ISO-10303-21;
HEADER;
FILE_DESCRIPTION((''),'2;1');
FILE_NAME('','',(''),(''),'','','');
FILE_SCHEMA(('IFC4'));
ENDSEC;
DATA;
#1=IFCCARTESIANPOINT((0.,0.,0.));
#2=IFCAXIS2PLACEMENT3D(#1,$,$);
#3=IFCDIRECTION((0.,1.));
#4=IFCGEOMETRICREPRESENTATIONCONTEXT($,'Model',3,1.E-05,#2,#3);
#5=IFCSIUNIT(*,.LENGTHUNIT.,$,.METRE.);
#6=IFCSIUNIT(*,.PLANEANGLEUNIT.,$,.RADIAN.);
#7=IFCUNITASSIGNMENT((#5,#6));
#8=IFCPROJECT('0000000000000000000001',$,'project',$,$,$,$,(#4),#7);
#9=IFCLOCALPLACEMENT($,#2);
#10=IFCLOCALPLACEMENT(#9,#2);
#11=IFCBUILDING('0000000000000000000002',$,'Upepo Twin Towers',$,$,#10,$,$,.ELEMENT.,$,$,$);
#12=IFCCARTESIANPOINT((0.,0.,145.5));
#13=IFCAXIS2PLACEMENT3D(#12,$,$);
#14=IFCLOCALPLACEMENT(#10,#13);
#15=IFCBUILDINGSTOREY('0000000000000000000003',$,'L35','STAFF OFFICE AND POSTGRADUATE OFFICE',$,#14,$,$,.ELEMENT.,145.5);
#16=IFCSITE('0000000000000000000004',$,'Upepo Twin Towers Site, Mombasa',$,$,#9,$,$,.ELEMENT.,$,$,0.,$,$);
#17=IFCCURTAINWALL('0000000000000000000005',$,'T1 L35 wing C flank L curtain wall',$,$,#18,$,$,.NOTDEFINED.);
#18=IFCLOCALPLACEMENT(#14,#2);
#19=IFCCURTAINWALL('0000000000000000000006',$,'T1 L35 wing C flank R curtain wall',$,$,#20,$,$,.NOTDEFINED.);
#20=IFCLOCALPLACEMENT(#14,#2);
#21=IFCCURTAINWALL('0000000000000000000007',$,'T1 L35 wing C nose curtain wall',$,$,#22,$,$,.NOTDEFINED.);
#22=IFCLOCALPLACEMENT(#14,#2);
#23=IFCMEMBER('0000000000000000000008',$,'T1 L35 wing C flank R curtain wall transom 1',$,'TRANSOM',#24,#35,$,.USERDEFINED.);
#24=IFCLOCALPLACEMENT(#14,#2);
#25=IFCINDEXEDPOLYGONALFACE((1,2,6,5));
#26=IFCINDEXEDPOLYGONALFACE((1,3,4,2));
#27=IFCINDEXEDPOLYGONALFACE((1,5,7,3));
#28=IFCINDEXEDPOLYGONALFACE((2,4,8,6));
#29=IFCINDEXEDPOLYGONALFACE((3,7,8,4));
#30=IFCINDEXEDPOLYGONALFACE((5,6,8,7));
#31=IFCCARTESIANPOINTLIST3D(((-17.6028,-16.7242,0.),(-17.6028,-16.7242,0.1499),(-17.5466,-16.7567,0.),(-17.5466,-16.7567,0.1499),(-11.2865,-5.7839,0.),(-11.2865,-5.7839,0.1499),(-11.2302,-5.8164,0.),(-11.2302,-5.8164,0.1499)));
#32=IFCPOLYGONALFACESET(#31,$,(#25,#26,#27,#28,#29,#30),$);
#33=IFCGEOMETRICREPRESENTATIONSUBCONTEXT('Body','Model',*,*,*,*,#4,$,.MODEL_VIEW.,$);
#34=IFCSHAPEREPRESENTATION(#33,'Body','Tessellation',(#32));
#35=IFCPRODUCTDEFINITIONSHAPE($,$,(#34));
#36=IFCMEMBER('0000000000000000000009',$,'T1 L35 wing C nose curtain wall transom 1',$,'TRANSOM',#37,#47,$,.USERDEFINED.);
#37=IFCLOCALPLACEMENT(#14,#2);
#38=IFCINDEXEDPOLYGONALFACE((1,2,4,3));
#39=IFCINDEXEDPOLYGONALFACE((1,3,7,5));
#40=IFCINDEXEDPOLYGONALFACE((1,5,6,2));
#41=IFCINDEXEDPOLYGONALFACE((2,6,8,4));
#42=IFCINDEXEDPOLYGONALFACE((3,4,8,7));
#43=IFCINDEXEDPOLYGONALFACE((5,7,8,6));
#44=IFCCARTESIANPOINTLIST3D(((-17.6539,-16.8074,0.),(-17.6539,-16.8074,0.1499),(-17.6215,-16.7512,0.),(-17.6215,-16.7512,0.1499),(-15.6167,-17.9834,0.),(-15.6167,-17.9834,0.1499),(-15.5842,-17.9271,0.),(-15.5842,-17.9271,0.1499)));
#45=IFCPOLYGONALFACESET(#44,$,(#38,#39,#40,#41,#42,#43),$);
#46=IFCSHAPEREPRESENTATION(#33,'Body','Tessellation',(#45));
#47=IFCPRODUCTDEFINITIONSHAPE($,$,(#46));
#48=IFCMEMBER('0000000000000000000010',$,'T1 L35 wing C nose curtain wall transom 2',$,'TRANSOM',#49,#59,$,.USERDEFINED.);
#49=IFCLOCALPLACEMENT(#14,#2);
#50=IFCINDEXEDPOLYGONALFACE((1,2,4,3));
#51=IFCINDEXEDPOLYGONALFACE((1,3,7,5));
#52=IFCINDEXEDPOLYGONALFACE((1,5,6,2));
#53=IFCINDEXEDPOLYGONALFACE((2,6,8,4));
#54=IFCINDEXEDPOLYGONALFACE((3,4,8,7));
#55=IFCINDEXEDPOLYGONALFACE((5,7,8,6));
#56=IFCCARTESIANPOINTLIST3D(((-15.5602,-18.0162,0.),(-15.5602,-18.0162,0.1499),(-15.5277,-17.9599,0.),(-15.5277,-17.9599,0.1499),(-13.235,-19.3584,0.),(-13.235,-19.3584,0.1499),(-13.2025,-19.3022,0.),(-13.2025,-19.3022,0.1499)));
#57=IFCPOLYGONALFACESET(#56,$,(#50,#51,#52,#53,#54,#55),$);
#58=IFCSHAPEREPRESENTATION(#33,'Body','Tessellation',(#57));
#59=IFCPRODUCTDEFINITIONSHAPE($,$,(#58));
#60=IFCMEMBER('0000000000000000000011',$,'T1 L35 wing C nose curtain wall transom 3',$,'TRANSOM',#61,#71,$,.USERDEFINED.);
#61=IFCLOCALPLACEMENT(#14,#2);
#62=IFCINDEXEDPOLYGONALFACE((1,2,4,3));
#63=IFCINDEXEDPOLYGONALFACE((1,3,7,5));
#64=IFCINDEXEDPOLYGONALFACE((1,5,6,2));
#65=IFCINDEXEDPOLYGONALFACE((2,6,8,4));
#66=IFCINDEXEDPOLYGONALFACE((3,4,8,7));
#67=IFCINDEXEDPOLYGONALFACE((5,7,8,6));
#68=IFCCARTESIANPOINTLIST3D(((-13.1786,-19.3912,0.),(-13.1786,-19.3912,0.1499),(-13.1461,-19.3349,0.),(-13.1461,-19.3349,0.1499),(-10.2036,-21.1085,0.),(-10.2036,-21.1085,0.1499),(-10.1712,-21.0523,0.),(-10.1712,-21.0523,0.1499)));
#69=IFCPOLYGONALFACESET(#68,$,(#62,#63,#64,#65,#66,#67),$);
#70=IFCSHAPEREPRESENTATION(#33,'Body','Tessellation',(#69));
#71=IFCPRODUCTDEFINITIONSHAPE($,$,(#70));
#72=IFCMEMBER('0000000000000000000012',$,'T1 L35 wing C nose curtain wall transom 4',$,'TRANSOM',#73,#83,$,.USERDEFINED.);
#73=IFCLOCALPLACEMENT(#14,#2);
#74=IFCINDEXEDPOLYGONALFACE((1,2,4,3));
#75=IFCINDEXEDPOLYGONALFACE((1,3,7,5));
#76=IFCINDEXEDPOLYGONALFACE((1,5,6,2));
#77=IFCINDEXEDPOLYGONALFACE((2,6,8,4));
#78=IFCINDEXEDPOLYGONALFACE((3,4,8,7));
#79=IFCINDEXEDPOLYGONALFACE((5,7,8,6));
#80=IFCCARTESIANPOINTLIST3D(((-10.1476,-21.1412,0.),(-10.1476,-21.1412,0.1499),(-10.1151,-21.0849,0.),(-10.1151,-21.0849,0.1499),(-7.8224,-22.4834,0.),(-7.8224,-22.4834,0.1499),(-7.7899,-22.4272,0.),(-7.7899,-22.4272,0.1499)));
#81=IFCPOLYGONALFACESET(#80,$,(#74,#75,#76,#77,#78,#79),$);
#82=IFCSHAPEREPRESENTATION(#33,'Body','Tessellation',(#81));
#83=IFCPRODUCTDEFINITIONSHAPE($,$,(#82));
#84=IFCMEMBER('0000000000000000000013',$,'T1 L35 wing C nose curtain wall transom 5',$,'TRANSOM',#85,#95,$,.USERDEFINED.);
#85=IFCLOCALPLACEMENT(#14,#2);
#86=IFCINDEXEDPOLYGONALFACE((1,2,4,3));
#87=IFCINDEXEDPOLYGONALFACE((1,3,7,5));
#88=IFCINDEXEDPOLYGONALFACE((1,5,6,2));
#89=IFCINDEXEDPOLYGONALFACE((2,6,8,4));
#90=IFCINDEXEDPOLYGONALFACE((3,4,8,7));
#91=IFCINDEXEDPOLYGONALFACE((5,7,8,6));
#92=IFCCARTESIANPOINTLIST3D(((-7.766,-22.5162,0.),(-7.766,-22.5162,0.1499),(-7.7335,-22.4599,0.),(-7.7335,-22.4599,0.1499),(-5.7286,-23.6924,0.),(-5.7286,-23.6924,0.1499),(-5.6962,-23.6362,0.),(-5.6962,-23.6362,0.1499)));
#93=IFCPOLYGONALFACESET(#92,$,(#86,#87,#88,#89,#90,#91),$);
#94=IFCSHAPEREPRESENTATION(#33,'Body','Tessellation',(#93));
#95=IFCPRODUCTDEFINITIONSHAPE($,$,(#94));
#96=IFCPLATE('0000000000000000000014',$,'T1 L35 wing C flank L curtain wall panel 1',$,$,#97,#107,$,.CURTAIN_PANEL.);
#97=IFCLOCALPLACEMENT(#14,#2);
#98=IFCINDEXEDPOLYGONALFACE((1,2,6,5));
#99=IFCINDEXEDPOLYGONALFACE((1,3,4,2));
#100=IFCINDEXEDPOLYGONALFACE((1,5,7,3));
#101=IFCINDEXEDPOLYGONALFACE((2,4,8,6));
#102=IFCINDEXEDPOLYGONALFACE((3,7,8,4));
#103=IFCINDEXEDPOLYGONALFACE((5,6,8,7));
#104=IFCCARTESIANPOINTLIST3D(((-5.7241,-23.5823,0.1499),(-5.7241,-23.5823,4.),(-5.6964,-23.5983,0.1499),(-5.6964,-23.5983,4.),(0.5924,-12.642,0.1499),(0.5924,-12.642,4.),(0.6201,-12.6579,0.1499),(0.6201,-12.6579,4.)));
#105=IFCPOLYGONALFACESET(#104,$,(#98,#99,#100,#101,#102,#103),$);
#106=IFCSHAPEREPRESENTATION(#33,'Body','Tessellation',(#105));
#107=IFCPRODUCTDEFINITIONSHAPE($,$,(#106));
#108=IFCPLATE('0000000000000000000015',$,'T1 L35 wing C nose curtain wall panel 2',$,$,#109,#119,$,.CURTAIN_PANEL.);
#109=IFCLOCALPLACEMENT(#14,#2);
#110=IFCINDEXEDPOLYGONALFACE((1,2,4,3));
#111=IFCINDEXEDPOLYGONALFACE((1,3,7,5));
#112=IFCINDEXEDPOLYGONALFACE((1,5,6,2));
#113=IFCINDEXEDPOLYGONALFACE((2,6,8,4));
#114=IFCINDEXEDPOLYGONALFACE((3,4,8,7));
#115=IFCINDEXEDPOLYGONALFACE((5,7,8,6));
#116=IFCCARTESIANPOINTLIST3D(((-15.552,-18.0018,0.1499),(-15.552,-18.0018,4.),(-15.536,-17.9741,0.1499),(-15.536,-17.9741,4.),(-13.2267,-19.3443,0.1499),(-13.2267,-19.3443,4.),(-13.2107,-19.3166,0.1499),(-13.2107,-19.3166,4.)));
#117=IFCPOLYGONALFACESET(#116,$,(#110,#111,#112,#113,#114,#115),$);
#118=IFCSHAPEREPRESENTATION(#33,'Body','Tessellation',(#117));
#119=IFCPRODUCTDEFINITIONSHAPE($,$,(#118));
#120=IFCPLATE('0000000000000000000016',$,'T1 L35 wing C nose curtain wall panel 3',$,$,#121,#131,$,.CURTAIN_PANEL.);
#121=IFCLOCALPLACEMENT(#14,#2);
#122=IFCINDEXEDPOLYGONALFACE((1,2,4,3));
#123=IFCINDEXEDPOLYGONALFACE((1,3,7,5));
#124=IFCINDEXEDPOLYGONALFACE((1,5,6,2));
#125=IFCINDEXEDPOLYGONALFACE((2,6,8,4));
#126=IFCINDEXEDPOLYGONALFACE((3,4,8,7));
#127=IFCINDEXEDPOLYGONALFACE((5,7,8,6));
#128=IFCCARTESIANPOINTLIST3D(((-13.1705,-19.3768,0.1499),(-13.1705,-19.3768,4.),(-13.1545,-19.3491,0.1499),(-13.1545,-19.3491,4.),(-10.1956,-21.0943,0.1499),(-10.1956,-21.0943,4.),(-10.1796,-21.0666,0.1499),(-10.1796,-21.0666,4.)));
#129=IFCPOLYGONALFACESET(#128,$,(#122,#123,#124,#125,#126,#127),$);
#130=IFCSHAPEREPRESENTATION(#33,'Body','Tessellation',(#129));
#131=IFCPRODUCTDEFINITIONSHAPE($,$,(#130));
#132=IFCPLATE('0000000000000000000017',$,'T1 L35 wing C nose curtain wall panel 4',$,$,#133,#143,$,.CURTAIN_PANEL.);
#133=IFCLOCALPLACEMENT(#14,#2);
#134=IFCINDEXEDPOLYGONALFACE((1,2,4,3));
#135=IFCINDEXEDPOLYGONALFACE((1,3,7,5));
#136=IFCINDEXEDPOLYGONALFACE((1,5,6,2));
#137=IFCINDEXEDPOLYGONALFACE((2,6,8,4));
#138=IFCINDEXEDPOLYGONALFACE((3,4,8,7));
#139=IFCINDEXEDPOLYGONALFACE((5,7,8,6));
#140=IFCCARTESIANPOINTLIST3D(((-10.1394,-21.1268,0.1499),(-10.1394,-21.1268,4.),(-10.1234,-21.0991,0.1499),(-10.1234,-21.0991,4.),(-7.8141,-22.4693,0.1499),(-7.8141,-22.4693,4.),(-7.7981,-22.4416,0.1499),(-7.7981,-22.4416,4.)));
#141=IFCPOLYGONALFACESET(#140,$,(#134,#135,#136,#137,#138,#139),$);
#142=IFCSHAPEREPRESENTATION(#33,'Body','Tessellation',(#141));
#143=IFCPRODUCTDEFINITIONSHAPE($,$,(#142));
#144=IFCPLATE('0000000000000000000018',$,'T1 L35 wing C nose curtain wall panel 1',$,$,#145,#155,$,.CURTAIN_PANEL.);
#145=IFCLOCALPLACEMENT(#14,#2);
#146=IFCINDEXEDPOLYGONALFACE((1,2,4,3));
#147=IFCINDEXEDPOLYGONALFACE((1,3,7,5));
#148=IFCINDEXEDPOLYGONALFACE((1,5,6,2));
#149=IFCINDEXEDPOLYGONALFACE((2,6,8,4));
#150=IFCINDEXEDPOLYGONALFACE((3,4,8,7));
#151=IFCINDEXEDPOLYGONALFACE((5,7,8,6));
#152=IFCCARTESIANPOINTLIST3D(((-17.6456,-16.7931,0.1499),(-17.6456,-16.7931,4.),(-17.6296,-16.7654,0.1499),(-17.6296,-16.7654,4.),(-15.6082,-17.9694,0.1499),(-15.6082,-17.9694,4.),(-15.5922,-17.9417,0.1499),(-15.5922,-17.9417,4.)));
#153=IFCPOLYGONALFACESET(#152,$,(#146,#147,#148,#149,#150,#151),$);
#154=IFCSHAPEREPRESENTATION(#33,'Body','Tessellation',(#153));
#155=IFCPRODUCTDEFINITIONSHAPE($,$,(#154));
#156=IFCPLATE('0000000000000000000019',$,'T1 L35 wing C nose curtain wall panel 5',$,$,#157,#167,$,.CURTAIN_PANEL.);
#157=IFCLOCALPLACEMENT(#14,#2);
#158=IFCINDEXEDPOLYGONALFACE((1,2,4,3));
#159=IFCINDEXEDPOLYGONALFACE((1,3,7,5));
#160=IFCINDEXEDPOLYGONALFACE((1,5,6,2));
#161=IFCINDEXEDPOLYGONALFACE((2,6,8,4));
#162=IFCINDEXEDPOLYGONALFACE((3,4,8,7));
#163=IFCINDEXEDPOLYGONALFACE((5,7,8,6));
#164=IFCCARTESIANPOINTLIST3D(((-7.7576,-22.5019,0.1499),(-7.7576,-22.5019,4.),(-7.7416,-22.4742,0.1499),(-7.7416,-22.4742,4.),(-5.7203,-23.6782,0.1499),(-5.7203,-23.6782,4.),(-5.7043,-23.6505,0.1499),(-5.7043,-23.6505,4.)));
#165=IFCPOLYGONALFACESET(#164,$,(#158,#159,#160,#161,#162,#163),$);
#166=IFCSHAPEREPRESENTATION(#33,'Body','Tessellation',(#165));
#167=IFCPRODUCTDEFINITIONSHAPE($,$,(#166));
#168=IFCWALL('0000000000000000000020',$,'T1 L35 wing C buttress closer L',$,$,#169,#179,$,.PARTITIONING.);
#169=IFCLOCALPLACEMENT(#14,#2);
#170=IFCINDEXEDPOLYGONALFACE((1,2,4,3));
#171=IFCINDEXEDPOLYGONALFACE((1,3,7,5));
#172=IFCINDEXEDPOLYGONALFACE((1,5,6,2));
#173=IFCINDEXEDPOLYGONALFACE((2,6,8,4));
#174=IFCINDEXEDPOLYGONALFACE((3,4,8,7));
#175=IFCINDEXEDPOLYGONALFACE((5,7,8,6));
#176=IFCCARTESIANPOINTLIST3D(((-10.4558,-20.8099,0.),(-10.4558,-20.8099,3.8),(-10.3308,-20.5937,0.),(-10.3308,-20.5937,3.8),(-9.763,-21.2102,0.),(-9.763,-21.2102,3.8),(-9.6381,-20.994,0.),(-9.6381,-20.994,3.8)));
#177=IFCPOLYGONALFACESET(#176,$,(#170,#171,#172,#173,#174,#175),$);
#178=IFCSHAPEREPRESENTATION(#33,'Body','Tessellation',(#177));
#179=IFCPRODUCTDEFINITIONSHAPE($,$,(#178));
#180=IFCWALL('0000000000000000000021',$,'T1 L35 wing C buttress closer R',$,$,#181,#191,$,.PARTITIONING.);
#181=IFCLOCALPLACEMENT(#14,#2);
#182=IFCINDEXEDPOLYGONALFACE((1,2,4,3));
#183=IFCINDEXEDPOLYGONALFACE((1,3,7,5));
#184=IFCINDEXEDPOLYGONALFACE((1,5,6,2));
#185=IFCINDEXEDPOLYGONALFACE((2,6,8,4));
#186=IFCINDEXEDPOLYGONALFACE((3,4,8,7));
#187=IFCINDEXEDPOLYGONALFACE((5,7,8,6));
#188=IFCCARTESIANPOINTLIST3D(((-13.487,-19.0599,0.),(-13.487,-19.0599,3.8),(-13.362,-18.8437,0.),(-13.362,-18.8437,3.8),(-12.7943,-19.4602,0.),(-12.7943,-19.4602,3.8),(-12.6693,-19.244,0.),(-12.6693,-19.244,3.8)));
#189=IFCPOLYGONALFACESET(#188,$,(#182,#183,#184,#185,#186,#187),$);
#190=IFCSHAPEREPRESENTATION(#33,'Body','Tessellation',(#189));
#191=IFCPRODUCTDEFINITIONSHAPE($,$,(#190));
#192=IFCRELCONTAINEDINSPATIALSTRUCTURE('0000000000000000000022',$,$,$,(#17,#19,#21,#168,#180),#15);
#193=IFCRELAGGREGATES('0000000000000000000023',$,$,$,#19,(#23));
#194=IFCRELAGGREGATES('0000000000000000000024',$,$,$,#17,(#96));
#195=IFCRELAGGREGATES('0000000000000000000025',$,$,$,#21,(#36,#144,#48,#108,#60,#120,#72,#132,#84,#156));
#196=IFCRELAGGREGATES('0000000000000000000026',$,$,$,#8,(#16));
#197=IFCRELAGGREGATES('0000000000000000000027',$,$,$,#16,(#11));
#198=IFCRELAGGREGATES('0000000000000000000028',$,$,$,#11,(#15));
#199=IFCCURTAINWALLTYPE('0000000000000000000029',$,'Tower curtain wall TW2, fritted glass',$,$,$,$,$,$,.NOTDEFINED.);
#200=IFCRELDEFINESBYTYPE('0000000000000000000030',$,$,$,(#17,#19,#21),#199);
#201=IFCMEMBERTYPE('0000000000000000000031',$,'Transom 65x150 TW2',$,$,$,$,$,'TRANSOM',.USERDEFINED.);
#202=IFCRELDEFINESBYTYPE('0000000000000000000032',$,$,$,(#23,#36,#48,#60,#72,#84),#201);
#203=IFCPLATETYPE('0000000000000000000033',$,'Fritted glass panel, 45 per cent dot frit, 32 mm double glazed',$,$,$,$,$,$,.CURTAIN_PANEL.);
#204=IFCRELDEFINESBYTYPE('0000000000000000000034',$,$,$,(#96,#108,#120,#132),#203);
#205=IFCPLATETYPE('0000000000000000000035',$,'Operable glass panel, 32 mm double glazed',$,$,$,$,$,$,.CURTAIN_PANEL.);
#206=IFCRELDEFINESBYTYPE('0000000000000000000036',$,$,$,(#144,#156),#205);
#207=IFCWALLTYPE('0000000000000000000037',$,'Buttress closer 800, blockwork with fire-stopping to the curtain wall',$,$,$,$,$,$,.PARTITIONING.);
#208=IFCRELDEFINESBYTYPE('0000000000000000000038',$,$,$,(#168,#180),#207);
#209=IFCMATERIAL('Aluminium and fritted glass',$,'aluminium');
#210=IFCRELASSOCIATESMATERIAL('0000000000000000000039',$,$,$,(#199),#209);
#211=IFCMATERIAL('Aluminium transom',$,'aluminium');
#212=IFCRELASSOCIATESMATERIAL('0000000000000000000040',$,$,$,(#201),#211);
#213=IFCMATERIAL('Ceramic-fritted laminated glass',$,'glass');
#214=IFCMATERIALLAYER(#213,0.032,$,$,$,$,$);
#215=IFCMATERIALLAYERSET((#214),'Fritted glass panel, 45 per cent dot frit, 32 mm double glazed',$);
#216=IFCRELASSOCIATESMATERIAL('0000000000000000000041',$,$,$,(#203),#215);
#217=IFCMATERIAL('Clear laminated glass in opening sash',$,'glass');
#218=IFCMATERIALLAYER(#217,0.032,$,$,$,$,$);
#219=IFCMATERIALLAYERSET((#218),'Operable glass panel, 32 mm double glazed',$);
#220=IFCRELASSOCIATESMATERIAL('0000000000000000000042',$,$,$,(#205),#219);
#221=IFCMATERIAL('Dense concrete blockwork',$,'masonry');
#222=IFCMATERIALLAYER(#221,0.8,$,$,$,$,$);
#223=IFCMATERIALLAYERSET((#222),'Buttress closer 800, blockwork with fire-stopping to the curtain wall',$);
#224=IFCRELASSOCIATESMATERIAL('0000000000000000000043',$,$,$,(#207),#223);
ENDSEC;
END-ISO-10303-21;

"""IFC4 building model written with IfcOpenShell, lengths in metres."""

from ifc_helpers import new_model, si_unit, direction, frame, frame_2d, origin, origin_2d, place, context, subcontext, project, spatial, rectangle, extrude, material, layer, layer_set, material_profile, profile_set, type_object, element, aggregate, save


model = new_model("IFC4")

# Units and contexts
model_context = context("Model", 3, precision=1e-05, world=origin(), true_north=direction((0.0, 1.0)))
body_context = subcontext(model_context, "Body", "Model", "MODEL_VIEW")
ifc_project = project(units=[si_unit("LENGTHUNIT", "METRE"), si_unit("PLANEANGLEUNIT", "RADIAN")], contexts=[model_context])

# Site, building, storey
site_placement = place(None, origin())
site = spatial("IfcSite", under=ifc_project, at=site_placement, Name="Upepo Twin Towers Site, Mombasa", CompositionType="ELEMENT", RefElevation=0.0)
building_placement = place(site_placement, origin())
building = spatial("IfcBuilding", under=site, at=building_placement, Name="Upepo Twin Towers", CompositionType="ELEMENT")
storey_placement = place(building_placement, frame((0.0, 0.0, 145.5)))
storey = spatial("IfcBuildingStorey", under=building, at=storey_placement, Name="L35", Description="STAFF OFFICE AND POSTGRADUATE OFFICE", CompositionType="ELEMENT", Elevation=145.5)

# Curtain walls
ifc_material_1 = material(Name="Aluminium and fritted glass", Category="aluminium")
curtain_wall_type = type_object("IfcCurtainWallType", Name="Tower curtain wall TW2, fritted glass", PredefinedType="NOTDEFINED", material=ifc_material_1)
curtain_wall_1_placement = place(storey_placement, origin())
curtain_wall_1 = element("IfcCurtainWall", 1, at=curtain_wall_1_placement, inside=storey, type_object=curtain_wall_type, Name="T1 L35 wing C flank L curtain wall", PredefinedType="NOTDEFINED")
curtain_wall_2_placement = place(storey_placement, origin())
curtain_wall_2 = element("IfcCurtainWall", 2, at=curtain_wall_2_placement, inside=storey, type_object=curtain_wall_type, Name="T1 L35 wing C flank R curtain wall", PredefinedType="NOTDEFINED")

# Curtain wall
curtain_wall_3_placement = place(storey_placement, origin())
curtain_wall_3 = element("IfcCurtainWall", 3, at=curtain_wall_3_placement, inside=storey, type_object=curtain_wall_type, Name="T1 L35 wing C nose curtain wall", PredefinedType="NOTDEFINED")

# Members
ifc_material_2 = material(Name="Aluminium transom", Category="aluminium")
ifc_material_profile_1 = material_profile(ifc_material_2, rectangle(XDim=0.0649, YDim=0.1499, at=origin_2d()), Name="TRANSOM 65x150")
ifc_profile_set_1 = profile_set([ifc_material_profile_1], Name="Aluminium transom")
member_type_1 = type_object("IfcMemberType", Name="Transom 65x150 TW2", ElementType="TRANSOM", PredefinedType="USERDEFINED", material=ifc_profile_set_1)
member_1_placement = place(storey_placement, frame((-17.5747, -16.7405, 0.075), z_axis=(0.499997, 0.866027, 0.0), x_axis=(-0.866027, 0.499997, 0.0)))
member_1 = element("IfcMember", 4, at=member_1_placement, type_object=member_type_1, Name="T1 L35 wing C flank R curtain wall transom 1", ObjectType="TRANSOM", PredefinedType="USERDEFINED", context=body_context, shape_type="SweptSolid", body=[
    extrude(rectangle(XDim=0.0649, YDim=0.1499, at=origin_2d()), origin(), (0.0, 0.0, 1.0), 12.6328),
])
aggregate(curtain_wall_2, [member_1])
member_2_placement = place(storey_placement, frame((-17.6377, -16.7793, 0.075), z_axis=(0.86607, -0.499923, 0.0), x_axis=(0.499923, 0.86607, 0.0)))
member_2 = element("IfcMember", 5, at=member_2_placement, type_object=member_type_1, Name="T1 L35 wing C nose curtain wall transom 1", ObjectType="TRANSOM", PredefinedType="USERDEFINED", context=body_context, shape_type="SweptSolid", body=[
    extrude(rectangle(XDim=0.0649, YDim=0.1499, at=origin_2d()), origin(), (0.0, 0.0, 1.0), 2.3523),
])
member_3_placement = place(storey_placement, frame((-15.5439, -17.988, 0.075), z_axis=(0.866052, -0.499953, 0.0), x_axis=(0.499953, 0.866052, 0.0)))
member_3 = element("IfcMember", 6, at=member_3_placement, type_object=member_type_1, Name="T1 L35 wing C nose curtain wall transom 2", ObjectType="TRANSOM", PredefinedType="USERDEFINED", context=body_context, shape_type="SweptSolid", body=[
    extrude(rectangle(XDim=0.0649, YDim=0.1499, at=origin_2d()), origin(), (0.0, 0.0, 1.0), 2.6848),
])
member_4_placement = place(storey_placement, frame((-13.1624, -19.363, 0.075), z_axis=(0.866057, -0.499946, 0.0), x_axis=(0.499946, 0.866057, 0.0)))
member_4 = element("IfcMember", 7, at=member_4_placement, type_object=member_type_1, Name="T1 L35 wing C nose curtain wall transom 3", ObjectType="TRANSOM", PredefinedType="USERDEFINED", context=body_context, shape_type="SweptSolid", body=[
    extrude(rectangle(XDim=0.0649, YDim=0.1499, at=origin_2d()), origin(), (0.0, 0.0, 1.0), 3.4351),
])
member_5_placement = place(storey_placement, frame((-10.1313, -21.113, 0.075), z_axis=(0.866052, -0.499953, 0.0), x_axis=(0.499953, 0.866052, 0.0)))
member_5 = element("IfcMember", 8, at=member_5_placement, type_object=member_type_1, Name="T1 L35 wing C nose curtain wall transom 4", ObjectType="TRANSOM", PredefinedType="USERDEFINED", context=body_context, shape_type="SweptSolid", body=[
    extrude(rectangle(XDim=0.0649, YDim=0.1499, at=origin_2d()), origin(), (0.0, 0.0, 1.0), 2.6848),
])
member_6_placement = place(storey_placement, frame((-7.7498, -22.488, 0.075), z_axis=(0.866025, -0.500001, 0.0), x_axis=(0.500001, 0.866025, 0.0)))
member_6 = element("IfcMember", 9, at=member_6_placement, type_object=member_type_1, Name="T1 L35 wing C nose curtain wall transom 5", ObjectType="TRANSOM", PredefinedType="USERDEFINED", context=body_context, shape_type="SweptSolid", body=[
    extrude(rectangle(XDim=0.0649, YDim=0.1499, at=origin_2d()), origin(), (0.0, 0.0, 1.0), 2.3525),
])

# Plates
ifc_material_3 = material(Name="Ceramic-fritted laminated glass", Category="glass")
ifc_layer_1 = layer(ifc_material_3, 0.032)
ifc_layer_set_1 = layer_set([ifc_layer_1], Name="Fritted glass panel, 45 per cent dot frit, 32 mm double glazed")
plate_type_1 = type_object("IfcPlateType", Name="Fritted glass panel, 45 per cent dot frit, 32 mm double glazed", PredefinedType="CURTAIN_PANEL", material=ifc_layer_set_1)
plate_1_placement = place(storey_placement, frame((-2.552, -18.1201, 0.1499), z_axis=(0.0, 0.0, 1.0), x_axis=(-0.5, -0.866025, 0.0)))
plate_1 = element("IfcPlate", 10, at=plate_1_placement, type_object=plate_type_1, Name="T1 L35 wing C flank L curtain wall panel 1", PredefinedType="CURTAIN_PANEL", context=body_context, shape_type="SweptSolid", body=[
    extrude(rectangle(XDim=12.6328, YDim=0.032, at=origin_2d()), origin(), (0.0, 0.0, 1.0), 3.8501),
])
aggregate(curtain_wall_1, [plate_1])
plate_2_placement = place(storey_placement, frame((-14.3813, -18.6592, 0.1499), z_axis=(0.0, 0.0, 1.0), x_axis=(0.866025, -0.5, 0.0)))
plate_2 = element("IfcPlate", 11, at=plate_2_placement, type_object=plate_type_1, Name="T1 L35 wing C nose curtain wall panel 2", PredefinedType="CURTAIN_PANEL", context=body_context, shape_type="SweptSolid", body=[
    extrude(rectangle(XDim=2.6851, YDim=0.032, at=origin_2d()), origin(), (0.0, 0.0, 1.0), 3.8501),
])
plate_3_placement = place(storey_placement, frame((-11.675, -20.2217, 0.1499), z_axis=(0.0, 0.0, 1.0), x_axis=(0.866025, -0.5, 0.0)))
plate_3 = element("IfcPlate", 12, at=plate_3_placement, type_object=plate_type_1, Name="T1 L35 wing C nose curtain wall panel 3", PredefinedType="CURTAIN_PANEL", context=body_context, shape_type="SweptSolid", body=[
    extrude(rectangle(XDim=3.4351, YDim=0.032, at=origin_2d()), origin(), (0.0, 0.0, 1.0), 3.8501),
])
plate_4_placement = place(storey_placement, frame((-8.9688, -21.7842, 0.1499), z_axis=(0.0, 0.0, 1.0), x_axis=(0.866025, -0.5, 0.0)))
plate_4 = element("IfcPlate", 13, at=plate_4_placement, type_object=plate_type_1, Name="T1 L35 wing C nose curtain wall panel 4", PredefinedType="CURTAIN_PANEL", context=body_context, shape_type="SweptSolid", body=[
    extrude(rectangle(XDim=2.6851, YDim=0.032, at=origin_2d()), origin(), (0.0, 0.0, 1.0), 3.8501),
])
ifc_material_4 = material(Name="Clear laminated glass in opening sash", Category="glass")
ifc_layer_2 = layer(ifc_material_4, 0.032)
ifc_layer_set_2 = layer_set([ifc_layer_2], Name="Operable glass panel, 32 mm double glazed")
plate_type_2 = type_object("IfcPlateType", Name="Operable glass panel, 32 mm double glazed", PredefinedType="CURTAIN_PANEL", material=ifc_layer_set_2)
plate_5_placement = place(storey_placement, frame((-16.6189, -17.3674, 0.1499), z_axis=(0.0, 0.0, 1.0), x_axis=(0.866025, -0.5, 0.0)))
plate_5 = element("IfcPlate", 14, at=plate_5_placement, type_object=plate_type_2, Name="T1 L35 wing C nose curtain wall panel 1", PredefinedType="CURTAIN_PANEL", context=body_context, shape_type="SweptSolid", body=[
    extrude(rectangle(XDim=2.3525, YDim=0.032, at=origin_2d()), origin(), (0.0, 0.0, 1.0), 3.8501),
])
plate_6_placement = place(storey_placement, frame((-6.731, -23.0762, 0.1499), z_axis=(0.0, 0.0, 1.0), x_axis=(0.866025, -0.5, 0.0)))
plate_6 = element("IfcPlate", 15, at=plate_6_placement, type_object=plate_type_2, Name="T1 L35 wing C nose curtain wall panel 5", PredefinedType="CURTAIN_PANEL", context=body_context, shape_type="SweptSolid", body=[
    extrude(rectangle(XDim=2.3525, YDim=0.032, at=origin_2d()), origin(), (0.0, 0.0, 1.0), 3.8501),
])
aggregate(curtain_wall_3, [member_2, plate_5, member_3, plate_2, member_4, plate_3, member_5, plate_4, member_6, plate_6])

# Walls
ifc_material_5 = material(Name="Dense concrete blockwork", Category="masonry")
ifc_layer_3 = layer(ifc_material_5, 0.8)
ifc_layer_set_3 = layer_set([ifc_layer_3], Name="Buttress closer 800, blockwork with fire-stopping to the curtain wall")
wall_type = type_object("IfcWallType", Name="Buttress closer 800, blockwork with fire-stopping to the curtain wall", PredefinedType="PARTITIONING", material=ifc_layer_set_3)
for number, where, z_axis, x_axis, name in (
    (16, (-9.9844, -20.7937, 0.0), (0.0, 0.0, 1.0), (-0.500343, -0.865827, 0.0), "T1 L35 wing C buttress closer L"),
    (17, (-13.0156, -19.0437, 0.0), (0.0, 0.0, 1.0), (-0.500343, -0.865827, 0.0), "T1 L35 wing C buttress closer R"),
):
    element("IfcWall", number, at=place(storey_placement, frame(where, z_axis=z_axis, x_axis=x_axis)), inside=storey, type_object=wall_type, Name=name, PredefinedType="PARTITIONING", context=body_context, shape_type="SweptSolid", body=[
        extrude(rectangle(XDim=0.2498, YDim=0.8, at=frame_2d((0.125, 0.0))), origin(), (0.0, 0.0, 1.0), 3.8),
    ])

save(model, "model.ifc")
